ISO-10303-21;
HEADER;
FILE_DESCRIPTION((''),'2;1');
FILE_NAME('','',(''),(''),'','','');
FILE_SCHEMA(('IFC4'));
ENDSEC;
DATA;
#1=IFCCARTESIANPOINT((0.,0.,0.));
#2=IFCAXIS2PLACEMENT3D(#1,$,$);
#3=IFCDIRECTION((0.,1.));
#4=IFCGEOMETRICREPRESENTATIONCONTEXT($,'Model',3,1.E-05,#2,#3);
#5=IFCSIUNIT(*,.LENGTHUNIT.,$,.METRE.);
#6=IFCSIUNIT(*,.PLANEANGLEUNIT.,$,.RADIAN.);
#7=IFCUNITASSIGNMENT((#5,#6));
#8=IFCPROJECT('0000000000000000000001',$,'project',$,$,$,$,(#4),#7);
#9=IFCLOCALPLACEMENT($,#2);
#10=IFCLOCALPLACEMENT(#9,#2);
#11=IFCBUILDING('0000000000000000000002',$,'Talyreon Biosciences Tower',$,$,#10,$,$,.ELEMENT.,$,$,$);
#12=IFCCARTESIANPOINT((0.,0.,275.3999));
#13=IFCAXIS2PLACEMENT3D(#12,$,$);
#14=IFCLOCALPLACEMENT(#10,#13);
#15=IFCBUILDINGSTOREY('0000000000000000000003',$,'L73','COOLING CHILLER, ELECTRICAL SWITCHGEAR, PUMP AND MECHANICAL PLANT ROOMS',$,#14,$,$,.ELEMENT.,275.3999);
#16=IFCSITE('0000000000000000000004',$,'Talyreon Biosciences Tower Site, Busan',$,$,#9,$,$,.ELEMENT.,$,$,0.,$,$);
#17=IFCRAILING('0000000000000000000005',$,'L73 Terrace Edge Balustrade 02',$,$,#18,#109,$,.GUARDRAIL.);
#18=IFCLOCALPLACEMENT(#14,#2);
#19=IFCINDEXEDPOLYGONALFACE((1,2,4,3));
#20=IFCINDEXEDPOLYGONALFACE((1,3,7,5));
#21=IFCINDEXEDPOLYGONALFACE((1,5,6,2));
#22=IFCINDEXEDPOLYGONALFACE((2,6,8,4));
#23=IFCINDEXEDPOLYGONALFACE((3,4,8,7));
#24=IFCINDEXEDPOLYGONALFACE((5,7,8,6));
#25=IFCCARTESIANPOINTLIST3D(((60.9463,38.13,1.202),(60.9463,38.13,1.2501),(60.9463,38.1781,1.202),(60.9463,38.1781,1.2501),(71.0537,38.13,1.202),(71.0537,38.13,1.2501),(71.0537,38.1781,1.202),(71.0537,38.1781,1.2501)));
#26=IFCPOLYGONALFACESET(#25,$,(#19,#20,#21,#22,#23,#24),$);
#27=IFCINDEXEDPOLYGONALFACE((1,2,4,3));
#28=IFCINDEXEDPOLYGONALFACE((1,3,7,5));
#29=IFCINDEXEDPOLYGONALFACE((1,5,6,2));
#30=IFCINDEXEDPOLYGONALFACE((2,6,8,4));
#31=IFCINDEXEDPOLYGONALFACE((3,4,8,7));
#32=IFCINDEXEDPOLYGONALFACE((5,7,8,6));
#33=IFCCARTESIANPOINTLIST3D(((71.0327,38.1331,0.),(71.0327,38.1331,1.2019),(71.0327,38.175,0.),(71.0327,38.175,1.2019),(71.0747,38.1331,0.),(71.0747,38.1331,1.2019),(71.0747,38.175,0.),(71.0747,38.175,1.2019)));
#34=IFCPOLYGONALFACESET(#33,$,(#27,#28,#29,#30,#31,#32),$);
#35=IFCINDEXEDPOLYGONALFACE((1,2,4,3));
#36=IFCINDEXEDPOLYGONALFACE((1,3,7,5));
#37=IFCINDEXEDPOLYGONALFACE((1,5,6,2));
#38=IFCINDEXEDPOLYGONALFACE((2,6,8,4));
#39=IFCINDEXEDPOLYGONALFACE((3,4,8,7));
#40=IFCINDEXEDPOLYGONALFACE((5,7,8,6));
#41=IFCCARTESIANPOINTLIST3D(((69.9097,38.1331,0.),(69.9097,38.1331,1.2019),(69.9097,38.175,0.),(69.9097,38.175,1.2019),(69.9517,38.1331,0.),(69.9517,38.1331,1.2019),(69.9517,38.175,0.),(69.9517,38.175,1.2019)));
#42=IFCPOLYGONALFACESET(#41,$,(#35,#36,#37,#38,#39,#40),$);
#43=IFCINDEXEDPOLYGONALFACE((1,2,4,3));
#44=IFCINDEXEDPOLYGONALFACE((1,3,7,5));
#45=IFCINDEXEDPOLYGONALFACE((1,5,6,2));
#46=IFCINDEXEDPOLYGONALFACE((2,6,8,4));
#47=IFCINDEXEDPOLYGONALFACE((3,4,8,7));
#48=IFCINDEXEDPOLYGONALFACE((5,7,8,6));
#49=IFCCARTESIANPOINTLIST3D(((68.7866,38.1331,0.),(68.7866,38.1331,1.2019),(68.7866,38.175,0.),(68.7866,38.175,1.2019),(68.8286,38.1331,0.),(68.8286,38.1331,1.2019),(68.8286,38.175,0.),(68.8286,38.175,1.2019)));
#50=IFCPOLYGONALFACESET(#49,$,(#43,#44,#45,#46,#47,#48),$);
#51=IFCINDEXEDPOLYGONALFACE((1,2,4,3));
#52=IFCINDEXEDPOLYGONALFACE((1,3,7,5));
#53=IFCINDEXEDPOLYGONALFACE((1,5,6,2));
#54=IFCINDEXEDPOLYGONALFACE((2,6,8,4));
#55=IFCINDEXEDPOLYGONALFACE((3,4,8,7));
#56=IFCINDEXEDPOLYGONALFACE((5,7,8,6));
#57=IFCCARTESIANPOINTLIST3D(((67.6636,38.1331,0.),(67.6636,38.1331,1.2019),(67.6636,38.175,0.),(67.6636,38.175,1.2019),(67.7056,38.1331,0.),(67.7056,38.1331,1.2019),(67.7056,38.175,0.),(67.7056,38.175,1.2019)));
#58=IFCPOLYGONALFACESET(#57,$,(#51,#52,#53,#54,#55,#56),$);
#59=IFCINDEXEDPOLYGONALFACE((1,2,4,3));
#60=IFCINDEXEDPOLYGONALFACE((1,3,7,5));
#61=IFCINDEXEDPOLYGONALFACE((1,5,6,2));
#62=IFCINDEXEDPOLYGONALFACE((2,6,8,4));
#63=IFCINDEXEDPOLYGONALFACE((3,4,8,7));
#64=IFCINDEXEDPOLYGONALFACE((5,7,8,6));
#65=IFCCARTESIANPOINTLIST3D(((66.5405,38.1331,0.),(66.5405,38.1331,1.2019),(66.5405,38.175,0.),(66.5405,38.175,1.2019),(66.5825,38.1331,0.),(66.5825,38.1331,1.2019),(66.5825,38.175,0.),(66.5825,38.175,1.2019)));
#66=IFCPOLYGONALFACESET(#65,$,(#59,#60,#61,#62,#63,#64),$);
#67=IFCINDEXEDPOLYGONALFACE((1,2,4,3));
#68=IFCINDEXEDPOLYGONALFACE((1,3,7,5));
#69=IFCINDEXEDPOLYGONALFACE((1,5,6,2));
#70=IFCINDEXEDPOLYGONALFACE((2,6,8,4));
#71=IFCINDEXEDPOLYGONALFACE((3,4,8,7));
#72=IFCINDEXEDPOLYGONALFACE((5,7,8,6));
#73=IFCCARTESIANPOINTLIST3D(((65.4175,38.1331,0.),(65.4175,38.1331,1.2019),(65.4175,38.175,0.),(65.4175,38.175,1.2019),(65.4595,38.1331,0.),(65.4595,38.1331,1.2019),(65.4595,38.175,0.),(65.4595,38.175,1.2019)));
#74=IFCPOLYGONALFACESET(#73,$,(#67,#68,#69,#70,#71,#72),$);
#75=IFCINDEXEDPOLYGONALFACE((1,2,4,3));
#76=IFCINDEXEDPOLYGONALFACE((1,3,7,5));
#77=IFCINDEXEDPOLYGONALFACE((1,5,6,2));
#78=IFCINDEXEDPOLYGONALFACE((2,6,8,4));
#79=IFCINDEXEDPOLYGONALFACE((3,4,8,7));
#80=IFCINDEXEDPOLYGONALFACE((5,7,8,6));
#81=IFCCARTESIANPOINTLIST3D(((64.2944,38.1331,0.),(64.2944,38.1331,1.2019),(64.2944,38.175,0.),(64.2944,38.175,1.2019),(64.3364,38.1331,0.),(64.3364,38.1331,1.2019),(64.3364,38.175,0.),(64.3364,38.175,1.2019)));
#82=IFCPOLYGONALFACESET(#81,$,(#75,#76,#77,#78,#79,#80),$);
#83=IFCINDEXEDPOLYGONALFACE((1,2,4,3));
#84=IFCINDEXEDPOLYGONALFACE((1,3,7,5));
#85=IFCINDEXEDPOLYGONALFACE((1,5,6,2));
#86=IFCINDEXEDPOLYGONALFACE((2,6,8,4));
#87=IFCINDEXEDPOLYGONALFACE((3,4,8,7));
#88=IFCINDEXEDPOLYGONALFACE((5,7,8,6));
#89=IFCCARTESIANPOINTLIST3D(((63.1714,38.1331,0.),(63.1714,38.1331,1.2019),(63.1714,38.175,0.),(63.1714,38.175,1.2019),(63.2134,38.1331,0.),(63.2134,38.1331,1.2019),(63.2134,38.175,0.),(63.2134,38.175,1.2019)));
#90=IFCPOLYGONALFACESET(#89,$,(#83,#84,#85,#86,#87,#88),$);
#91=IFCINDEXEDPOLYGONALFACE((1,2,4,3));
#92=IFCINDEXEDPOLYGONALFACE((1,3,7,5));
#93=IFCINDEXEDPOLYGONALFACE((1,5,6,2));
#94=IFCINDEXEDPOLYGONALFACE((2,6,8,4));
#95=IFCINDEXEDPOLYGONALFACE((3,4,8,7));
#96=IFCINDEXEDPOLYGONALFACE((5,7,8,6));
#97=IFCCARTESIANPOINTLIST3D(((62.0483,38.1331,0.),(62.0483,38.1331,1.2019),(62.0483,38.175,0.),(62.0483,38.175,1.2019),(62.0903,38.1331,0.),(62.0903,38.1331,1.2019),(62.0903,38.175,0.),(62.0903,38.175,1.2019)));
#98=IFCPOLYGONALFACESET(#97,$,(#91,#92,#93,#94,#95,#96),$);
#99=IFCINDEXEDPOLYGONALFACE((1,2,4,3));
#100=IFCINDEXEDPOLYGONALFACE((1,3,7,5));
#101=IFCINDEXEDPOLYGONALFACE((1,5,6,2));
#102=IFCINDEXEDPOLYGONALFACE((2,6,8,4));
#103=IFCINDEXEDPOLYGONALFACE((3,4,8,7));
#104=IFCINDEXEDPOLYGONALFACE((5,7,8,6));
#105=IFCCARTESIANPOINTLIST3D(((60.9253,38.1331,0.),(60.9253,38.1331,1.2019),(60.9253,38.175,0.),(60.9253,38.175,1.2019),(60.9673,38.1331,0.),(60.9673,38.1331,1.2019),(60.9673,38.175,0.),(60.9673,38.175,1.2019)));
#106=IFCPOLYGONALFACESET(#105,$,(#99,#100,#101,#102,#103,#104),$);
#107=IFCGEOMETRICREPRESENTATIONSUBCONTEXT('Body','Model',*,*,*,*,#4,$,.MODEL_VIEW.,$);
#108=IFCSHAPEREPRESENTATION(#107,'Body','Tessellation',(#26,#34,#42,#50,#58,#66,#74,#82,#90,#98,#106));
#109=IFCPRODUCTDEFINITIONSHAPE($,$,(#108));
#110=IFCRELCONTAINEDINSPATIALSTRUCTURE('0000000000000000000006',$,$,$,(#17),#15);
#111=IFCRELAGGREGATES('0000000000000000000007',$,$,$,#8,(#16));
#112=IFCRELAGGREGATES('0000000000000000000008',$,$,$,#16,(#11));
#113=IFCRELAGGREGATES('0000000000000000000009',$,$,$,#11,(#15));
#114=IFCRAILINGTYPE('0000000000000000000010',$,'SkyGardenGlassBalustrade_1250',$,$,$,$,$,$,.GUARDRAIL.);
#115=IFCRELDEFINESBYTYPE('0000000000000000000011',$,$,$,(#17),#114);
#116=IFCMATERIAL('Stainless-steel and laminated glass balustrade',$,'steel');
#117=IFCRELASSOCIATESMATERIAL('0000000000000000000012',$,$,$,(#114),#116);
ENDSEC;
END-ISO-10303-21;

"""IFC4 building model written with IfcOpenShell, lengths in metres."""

from ifc_helpers import new_model, si_unit, direction, frame, origin, origin_2d, place, context, subcontext, project, spatial, rectangle, extrude, material, type_object, element, save


model = new_model("IFC4")

# Units and contexts
model_context = context("Model", 3, precision=1e-05, world=origin(), true_north=direction((0.0, 1.0)))
body_context = subcontext(model_context, "Body", "Model", "MODEL_VIEW")
ifc_project = project(units=[si_unit("LENGTHUNIT", "METRE"), si_unit("PLANEANGLEUNIT", "RADIAN")], contexts=[model_context])

# Site, building, storey
site_placement = place(None, origin())
site = spatial("IfcSite", under=ifc_project, at=site_placement, Name="Talyreon Biosciences Tower Site, Busan", CompositionType="ELEMENT", RefElevation=0.0)
building_placement = place(site_placement, origin())
building = spatial("IfcBuilding", under=site, at=building_placement, Name="Talyreon Biosciences Tower", CompositionType="ELEMENT")
storey_placement = place(building_placement, frame((0.0, 0.0, 275.3999)))
storey = spatial("IfcBuildingStorey", under=building, at=storey_placement, Name="L73", Description="COOLING CHILLER, ELECTRICAL SWITCHGEAR, PUMP AND MECHANICAL PLANT ROOMS", CompositionType="ELEMENT", Elevation=275.3999)

# Railing
ifc_material_1 = material(Name="Stainless-steel and laminated glass balustrade", Category="steel")
railing_type = type_object("IfcRailingType", Name="SkyGardenGlassBalustrade_1250", PredefinedType="GUARDRAIL", material=ifc_material_1)
railing_1_placement = place(storey_placement, frame((71.0537, 38.1541, 0.0)))
element("IfcRailing", 1, at=railing_1_placement, inside=storey, type_object=railing_type, Name="L73 Terrace Edge Balustrade 02", PredefinedType="GUARDRAIL", context=body_context, shape_type="SweptSolid", body=[
    extrude(rectangle(XDim=0.0481, YDim=0.0481, at=origin_2d()), frame((0.0, 0.0, 1.2261), z_axis=(-1.0, 0.0, 0.0), x_axis=(0.0, -1.0, 0.0)), (0.0, 0.0, 1.0), 10.1074),
    extrude(rectangle(XDim=0.042, YDim=0.042, at=origin_2d()), origin(), (0.0, 0.0, 1.0), 1.2019),
    extrude(rectangle(XDim=0.042, YDim=0.042, at=origin_2d()), frame((-1.123, 0.0, 0.0)), (0.0, 0.0, 1.0), 1.2019),
    extrude(rectangle(XDim=0.042, YDim=0.042, at=origin_2d()), frame((-2.2461, 0.0, 0.0)), (0.0, 0.0, 1.0), 1.2019),
    extrude(rectangle(XDim=0.042, YDim=0.042, at=origin_2d()), frame((-3.3691, 0.0, 0.0)), (0.0, 0.0, 1.0), 1.2019),
    extrude(rectangle(XDim=0.042, YDim=0.042, at=origin_2d()), frame((-4.4922, 0.0, 0.0)), (0.0, 0.0, 1.0), 1.2019),
    extrude(rectangle(XDim=0.042, YDim=0.042, at=origin_2d()), frame((-5.6152, 0.0, 0.0)), (0.0, 0.0, 1.0), 1.2019),
    extrude(rectangle(XDim=0.042, YDim=0.042, at=origin_2d()), frame((-6.7383, 0.0, 0.0)), (0.0, 0.0, 1.0), 1.2019),
    extrude(rectangle(XDim=0.042, YDim=0.042, at=origin_2d()), frame((-7.8613, 0.0, 0.0)), (0.0, 0.0, 1.0), 1.2019),
    extrude(rectangle(XDim=0.042, YDim=0.042, at=origin_2d()), frame((-8.9844, 0.0, 0.0)), (0.0, 0.0, 1.0), 1.2019),
    extrude(rectangle(XDim=0.042, YDim=0.042, at=origin_2d()), frame((-10.1074, 0.0, 0.0)), (0.0, 0.0, 1.0), 1.2019),
])

save(model, "model.ifc")
